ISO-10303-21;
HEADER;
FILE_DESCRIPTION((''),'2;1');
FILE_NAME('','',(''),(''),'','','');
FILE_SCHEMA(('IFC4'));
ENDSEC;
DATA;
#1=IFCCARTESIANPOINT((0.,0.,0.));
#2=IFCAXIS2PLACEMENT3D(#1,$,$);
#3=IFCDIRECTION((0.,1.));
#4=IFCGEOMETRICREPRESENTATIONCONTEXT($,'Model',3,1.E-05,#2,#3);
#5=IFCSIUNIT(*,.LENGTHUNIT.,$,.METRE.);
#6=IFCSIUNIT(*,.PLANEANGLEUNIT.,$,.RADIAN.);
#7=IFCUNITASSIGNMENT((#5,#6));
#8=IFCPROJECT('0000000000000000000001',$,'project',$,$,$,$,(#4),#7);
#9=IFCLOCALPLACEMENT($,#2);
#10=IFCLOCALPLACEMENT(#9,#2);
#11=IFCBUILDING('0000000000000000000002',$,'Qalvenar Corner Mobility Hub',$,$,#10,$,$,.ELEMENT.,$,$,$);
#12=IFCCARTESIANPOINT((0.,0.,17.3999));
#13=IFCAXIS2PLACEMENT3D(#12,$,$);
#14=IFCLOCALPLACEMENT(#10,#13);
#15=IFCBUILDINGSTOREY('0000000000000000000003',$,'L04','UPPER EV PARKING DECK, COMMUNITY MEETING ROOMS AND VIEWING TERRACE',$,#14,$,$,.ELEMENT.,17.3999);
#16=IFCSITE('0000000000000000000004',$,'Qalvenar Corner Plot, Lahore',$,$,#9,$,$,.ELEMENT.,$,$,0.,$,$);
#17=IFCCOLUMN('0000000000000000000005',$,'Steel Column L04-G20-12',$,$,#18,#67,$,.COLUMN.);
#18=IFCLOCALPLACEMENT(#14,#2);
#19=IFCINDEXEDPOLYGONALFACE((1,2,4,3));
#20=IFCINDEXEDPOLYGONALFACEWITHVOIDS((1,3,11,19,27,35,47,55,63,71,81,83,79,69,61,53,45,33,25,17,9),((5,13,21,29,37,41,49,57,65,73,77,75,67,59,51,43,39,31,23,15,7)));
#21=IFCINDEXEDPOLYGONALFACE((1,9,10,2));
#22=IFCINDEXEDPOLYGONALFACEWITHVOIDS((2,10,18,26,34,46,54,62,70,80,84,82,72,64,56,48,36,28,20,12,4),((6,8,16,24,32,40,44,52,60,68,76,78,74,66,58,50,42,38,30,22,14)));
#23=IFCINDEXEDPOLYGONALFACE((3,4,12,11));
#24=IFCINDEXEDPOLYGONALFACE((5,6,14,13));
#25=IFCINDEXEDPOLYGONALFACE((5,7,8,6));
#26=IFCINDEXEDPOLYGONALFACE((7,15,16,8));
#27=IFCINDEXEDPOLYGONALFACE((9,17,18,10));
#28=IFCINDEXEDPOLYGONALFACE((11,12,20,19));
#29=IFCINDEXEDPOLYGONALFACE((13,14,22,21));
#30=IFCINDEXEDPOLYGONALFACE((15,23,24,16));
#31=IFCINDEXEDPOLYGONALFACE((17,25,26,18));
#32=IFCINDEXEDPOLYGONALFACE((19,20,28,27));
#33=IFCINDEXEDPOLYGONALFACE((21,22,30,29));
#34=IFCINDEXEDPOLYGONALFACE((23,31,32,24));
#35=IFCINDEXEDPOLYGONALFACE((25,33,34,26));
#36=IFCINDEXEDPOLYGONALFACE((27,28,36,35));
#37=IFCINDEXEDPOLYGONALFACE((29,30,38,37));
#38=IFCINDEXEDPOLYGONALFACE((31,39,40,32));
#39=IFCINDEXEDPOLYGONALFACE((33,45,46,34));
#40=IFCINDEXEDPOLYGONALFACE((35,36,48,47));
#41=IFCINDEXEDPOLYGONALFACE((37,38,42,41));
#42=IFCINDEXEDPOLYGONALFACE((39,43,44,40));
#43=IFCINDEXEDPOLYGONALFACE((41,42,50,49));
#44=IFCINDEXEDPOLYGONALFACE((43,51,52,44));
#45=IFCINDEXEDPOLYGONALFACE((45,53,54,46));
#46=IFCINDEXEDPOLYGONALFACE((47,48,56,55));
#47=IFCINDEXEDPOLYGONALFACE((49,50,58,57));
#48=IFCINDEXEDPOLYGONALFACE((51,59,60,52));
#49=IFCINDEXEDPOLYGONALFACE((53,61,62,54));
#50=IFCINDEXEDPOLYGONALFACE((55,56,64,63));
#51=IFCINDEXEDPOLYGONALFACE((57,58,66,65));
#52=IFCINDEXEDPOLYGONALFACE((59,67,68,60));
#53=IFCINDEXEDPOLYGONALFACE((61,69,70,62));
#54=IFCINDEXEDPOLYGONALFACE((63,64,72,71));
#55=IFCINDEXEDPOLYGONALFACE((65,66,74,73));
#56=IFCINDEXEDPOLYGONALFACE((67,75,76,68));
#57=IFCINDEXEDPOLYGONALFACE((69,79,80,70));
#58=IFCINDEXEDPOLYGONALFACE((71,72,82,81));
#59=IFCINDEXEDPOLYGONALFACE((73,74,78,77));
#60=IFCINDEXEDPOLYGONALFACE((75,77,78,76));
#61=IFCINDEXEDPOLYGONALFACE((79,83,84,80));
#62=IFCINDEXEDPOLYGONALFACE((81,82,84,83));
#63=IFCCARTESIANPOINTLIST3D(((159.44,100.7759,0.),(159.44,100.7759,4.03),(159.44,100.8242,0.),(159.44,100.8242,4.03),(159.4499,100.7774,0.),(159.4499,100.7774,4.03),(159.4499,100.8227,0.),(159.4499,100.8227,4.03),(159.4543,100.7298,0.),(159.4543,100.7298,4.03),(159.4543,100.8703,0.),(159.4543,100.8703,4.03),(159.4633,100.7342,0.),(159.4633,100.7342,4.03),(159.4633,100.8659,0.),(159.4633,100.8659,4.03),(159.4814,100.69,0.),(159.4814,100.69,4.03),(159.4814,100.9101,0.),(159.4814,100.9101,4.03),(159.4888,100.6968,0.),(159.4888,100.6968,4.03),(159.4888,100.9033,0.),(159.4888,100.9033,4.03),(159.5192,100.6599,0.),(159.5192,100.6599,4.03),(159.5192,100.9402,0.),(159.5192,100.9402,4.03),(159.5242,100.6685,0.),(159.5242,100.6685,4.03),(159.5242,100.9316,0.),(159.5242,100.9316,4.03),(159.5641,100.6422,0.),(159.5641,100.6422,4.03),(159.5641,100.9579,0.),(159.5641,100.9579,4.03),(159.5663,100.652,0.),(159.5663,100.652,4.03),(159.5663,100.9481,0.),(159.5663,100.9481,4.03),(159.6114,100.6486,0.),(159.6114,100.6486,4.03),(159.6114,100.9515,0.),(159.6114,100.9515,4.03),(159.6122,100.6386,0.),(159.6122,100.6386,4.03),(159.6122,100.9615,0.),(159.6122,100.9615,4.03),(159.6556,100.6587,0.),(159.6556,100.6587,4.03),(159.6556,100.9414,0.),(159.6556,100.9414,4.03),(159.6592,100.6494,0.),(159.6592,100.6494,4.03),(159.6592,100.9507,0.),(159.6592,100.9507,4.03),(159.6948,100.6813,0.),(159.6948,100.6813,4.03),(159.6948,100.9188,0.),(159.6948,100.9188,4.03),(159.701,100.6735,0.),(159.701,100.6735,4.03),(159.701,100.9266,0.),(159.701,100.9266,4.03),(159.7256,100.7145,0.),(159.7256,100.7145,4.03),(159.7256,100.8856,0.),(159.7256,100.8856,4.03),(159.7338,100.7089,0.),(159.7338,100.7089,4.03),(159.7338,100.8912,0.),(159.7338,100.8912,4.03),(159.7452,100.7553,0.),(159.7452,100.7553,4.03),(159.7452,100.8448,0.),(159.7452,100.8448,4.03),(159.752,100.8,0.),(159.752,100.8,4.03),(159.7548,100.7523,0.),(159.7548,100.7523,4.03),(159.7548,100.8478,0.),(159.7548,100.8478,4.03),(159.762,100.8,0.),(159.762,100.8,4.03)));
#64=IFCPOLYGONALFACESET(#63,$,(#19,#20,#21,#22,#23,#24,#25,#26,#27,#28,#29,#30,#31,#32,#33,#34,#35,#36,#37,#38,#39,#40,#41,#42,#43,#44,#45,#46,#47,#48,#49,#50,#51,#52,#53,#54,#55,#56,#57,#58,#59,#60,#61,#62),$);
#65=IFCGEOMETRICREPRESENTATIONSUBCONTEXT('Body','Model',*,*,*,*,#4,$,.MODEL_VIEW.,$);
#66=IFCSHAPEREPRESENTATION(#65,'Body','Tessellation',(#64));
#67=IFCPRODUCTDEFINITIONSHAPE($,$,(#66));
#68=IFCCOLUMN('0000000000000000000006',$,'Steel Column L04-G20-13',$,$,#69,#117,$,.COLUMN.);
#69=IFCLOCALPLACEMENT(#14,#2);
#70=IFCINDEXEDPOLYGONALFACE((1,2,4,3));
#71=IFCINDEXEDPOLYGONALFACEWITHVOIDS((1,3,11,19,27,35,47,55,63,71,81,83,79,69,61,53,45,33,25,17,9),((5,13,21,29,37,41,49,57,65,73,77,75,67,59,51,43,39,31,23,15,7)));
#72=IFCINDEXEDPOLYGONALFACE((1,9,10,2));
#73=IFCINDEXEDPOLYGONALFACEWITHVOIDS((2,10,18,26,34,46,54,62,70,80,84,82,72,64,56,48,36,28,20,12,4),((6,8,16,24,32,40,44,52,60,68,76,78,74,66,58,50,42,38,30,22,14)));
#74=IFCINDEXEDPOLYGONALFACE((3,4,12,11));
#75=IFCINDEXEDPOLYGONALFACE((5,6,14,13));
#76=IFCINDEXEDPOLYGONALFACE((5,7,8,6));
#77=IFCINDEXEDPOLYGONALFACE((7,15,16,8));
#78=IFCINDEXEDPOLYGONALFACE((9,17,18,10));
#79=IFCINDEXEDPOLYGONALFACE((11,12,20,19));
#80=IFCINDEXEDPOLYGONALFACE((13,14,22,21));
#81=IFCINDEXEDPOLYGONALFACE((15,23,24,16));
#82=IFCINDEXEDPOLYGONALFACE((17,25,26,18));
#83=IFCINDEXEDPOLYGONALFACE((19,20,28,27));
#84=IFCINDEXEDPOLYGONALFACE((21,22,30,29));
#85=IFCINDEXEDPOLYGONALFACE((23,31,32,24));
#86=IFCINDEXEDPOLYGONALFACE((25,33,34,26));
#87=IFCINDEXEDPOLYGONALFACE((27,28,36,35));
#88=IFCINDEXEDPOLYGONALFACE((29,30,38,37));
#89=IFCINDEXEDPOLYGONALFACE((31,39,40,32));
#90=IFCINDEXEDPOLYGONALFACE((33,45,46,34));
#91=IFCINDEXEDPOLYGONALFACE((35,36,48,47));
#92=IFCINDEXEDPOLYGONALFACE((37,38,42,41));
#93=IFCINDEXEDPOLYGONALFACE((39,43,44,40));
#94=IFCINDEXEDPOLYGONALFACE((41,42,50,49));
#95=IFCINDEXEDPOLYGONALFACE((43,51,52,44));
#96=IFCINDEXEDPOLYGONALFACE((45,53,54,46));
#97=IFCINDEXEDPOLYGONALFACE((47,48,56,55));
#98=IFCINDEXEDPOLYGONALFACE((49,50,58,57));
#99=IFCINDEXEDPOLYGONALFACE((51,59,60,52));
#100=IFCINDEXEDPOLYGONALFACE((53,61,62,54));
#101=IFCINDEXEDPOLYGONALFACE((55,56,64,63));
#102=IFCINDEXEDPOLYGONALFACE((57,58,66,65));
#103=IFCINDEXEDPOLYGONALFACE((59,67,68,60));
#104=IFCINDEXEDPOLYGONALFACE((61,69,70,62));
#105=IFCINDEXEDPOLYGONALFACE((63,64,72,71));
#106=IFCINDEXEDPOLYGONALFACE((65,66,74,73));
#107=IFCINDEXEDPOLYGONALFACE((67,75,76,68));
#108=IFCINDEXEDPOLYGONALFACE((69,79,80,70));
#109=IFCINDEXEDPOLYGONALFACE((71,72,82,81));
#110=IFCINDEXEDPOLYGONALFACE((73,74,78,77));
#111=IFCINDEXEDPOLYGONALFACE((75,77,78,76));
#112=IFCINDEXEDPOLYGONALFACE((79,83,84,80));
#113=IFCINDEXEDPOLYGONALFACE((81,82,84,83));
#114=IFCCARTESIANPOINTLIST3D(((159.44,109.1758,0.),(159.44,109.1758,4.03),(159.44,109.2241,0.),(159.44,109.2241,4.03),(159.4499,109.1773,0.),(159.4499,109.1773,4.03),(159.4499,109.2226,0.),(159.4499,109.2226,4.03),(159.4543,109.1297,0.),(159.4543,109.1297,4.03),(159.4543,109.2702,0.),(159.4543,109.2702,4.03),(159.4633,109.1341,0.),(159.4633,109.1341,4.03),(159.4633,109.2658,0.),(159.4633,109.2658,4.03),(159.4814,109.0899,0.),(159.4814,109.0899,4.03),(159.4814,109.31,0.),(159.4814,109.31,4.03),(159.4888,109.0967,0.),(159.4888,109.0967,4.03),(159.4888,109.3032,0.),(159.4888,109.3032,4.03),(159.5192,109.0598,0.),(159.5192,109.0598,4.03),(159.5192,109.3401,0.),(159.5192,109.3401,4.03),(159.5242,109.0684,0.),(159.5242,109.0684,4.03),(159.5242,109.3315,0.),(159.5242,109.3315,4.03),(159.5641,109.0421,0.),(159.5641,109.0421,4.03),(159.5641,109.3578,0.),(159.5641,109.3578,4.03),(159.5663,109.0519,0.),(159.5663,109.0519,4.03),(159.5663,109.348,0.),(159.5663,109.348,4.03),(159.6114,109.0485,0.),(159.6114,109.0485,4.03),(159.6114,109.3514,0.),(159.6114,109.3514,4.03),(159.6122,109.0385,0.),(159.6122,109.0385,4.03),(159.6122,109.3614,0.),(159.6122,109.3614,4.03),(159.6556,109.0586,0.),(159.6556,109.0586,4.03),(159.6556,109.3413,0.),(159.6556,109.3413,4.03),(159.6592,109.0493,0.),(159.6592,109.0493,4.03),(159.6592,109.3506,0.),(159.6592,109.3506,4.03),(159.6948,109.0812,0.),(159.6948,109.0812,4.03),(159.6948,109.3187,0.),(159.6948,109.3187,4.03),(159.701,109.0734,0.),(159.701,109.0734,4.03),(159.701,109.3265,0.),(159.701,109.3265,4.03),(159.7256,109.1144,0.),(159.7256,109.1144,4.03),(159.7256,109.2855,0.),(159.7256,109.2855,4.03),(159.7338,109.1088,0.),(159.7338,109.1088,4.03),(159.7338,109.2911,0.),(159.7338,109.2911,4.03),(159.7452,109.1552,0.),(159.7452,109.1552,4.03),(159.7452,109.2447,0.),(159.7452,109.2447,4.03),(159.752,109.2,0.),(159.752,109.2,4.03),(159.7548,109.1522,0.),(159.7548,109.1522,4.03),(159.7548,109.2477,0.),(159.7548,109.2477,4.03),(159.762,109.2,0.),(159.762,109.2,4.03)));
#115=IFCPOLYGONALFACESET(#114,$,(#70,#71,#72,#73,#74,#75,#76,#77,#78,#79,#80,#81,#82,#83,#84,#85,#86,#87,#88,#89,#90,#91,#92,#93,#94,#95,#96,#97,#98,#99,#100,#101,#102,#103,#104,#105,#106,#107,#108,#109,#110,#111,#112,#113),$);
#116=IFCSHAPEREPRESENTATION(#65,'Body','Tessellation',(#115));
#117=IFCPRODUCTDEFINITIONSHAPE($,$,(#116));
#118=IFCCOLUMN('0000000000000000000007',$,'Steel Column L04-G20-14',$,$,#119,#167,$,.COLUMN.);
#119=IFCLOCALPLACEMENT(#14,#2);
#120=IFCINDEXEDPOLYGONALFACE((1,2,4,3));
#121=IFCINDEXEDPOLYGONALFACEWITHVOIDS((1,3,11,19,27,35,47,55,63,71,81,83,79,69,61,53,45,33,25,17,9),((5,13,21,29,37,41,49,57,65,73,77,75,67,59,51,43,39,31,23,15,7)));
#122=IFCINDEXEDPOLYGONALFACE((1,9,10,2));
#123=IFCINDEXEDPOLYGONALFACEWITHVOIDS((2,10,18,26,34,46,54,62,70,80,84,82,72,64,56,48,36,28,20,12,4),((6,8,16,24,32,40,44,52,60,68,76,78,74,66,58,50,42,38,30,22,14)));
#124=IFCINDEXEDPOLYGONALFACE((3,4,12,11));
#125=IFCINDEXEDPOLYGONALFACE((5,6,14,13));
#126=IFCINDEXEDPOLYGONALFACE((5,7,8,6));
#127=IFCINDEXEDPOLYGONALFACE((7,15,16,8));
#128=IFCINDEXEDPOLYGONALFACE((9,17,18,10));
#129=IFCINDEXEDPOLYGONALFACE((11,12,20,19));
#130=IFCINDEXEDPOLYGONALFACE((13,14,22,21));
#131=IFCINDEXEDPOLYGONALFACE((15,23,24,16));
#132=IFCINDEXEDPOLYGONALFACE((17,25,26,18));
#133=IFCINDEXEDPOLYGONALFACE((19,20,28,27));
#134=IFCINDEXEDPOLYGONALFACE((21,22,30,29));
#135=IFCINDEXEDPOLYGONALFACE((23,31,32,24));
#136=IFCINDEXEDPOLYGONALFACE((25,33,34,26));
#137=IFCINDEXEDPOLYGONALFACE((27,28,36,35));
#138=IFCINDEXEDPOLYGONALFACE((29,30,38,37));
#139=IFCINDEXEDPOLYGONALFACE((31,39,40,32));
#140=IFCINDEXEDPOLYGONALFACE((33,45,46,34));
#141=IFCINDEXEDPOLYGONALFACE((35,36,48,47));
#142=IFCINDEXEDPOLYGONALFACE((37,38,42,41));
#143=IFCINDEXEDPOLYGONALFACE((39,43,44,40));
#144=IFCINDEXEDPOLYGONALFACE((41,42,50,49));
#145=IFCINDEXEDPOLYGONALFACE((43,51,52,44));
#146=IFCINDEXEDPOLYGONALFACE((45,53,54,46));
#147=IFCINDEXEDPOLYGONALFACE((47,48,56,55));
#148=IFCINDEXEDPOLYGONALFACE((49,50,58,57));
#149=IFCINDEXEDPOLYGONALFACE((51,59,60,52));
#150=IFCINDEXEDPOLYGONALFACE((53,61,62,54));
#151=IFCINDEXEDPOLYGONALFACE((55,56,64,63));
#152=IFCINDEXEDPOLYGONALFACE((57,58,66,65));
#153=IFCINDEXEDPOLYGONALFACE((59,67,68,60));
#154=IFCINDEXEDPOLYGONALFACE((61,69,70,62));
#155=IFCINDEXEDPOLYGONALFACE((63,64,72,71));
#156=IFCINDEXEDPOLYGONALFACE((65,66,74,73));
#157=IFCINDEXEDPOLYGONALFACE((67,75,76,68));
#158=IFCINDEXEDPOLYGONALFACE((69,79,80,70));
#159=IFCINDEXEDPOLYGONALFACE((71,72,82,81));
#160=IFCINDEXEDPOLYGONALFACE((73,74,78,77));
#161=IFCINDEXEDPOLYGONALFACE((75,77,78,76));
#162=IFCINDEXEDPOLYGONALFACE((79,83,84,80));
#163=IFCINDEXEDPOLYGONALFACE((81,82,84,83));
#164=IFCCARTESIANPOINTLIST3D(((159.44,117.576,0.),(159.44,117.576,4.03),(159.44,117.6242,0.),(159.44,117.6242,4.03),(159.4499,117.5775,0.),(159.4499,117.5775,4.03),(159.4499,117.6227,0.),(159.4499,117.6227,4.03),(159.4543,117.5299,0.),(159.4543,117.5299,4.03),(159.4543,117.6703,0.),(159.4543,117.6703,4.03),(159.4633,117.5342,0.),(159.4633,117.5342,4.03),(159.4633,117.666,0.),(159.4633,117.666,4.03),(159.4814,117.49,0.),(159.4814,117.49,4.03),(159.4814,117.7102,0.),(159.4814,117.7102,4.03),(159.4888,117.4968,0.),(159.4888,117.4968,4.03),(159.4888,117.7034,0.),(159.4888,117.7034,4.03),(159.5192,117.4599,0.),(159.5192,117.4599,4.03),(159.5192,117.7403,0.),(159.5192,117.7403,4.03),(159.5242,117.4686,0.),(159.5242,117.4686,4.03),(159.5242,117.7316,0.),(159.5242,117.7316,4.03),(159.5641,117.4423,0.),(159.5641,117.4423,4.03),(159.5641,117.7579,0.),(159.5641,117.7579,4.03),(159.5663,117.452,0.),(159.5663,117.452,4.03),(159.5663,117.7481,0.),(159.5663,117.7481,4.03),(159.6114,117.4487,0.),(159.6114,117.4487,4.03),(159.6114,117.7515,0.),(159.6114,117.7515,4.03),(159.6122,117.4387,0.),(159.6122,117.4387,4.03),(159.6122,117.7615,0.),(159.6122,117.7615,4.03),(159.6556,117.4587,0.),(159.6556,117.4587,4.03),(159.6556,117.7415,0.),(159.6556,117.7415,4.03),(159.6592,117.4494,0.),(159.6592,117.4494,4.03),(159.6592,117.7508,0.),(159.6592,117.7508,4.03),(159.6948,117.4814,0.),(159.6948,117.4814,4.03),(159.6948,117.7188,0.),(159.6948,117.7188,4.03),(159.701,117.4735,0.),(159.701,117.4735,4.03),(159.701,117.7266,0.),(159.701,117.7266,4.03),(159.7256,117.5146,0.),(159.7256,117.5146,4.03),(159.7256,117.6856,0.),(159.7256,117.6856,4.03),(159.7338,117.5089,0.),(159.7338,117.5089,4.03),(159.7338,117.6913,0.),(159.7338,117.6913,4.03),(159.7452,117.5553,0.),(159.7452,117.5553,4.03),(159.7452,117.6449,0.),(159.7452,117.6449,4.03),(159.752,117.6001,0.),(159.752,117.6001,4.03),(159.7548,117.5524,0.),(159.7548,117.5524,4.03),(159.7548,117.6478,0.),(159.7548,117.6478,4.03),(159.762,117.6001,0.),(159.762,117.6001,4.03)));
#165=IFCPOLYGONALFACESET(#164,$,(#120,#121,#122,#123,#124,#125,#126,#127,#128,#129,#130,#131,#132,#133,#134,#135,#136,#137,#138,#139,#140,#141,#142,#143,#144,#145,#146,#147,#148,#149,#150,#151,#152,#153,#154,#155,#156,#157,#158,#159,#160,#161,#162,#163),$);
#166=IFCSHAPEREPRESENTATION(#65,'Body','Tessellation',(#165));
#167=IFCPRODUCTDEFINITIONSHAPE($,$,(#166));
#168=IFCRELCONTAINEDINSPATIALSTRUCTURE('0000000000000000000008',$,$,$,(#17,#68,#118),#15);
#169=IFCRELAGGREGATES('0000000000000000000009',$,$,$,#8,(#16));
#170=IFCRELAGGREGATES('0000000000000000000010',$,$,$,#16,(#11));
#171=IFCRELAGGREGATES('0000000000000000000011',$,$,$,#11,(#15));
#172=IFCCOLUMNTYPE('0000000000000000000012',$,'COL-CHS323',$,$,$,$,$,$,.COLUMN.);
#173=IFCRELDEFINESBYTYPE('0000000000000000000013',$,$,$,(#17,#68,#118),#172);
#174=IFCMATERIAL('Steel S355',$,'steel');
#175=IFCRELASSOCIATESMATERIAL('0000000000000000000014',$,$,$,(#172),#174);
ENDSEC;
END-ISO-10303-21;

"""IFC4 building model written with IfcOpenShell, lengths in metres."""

from ifc_helpers import new_model, si_unit, direction, frame, origin, origin_2d, place, context, subcontext, project, spatial, hollow_circle, extrude, material, material_profile, profile_set, type_object, element, save


model = new_model("IFC4")

# Units and contexts
model_context = context("Model", 3, precision=1e-05, world=origin(), true_north=direction((0.0, 1.0)))
body_context = subcontext(model_context, "Body", "Model", "MODEL_VIEW")
ifc_project = project(units=[si_unit("LENGTHUNIT", "METRE"), si_unit("PLANEANGLEUNIT", "RADIAN")], contexts=[model_context])

# Site, building, storey
site_placement = place(None, origin())
site = spatial("IfcSite", under=ifc_project, at=site_placement, Name="Qalvenar Corner Plot, Lahore", CompositionType="ELEMENT", RefElevation=0.0)
building_placement = place(site_placement, origin())
building = spatial("IfcBuilding", under=site, at=building_placement, Name="Qalvenar Corner Mobility Hub", CompositionType="ELEMENT")
storey_placement = place(building_placement, frame((0.0, 0.0, 17.3999)))
storey = spatial("IfcBuildingStorey", under=building, at=storey_placement, Name="L04", Description="UPPER EV PARKING DECK, COMMUNITY MEETING ROOMS AND VIEWING TERRACE", CompositionType="ELEMENT", Elevation=17.3999)

# Columns
ifc_material_1 = material(Name="Steel S355", Category="steel")
ifc_material_profile_1 = material_profile(ifc_material_1, hollow_circle(Radius=0.1619, WallThickness=0.01, at=origin_2d()), Name="CHS323.9x10")
ifc_profile_set_1 = profile_set([ifc_material_profile_1], Name="Steel S355")
column_type = type_object("IfcColumnType", Name="COL-CHS323", PredefinedType="COLUMN", material=ifc_profile_set_1)
for number, where, z_axis, x_axis, name in (
    (1, (159.6001, 100.8, 0.0), (0.0, 0.0, 1.0), (1.0, 0.0, 0.0), "Steel Column L04-G20-12"),
    (2, (159.6001, 109.2, 0.0), (0.0, 0.0, 1.0), (1.0, 0.0, 0.0), "Steel Column L04-G20-13"),
    (3, (159.6001, 117.6001, 0.0), (0.0, 0.0, 1.0), (1.0, 0.0, 0.0), "Steel Column L04-G20-14"),
):
    element("IfcColumn", number, at=place(storey_placement, frame(where, z_axis=z_axis, x_axis=x_axis)), inside=storey, type_object=column_type, Name=name, PredefinedType="COLUMN", context=body_context, shape_type="SweptSolid", body=[
        extrude(hollow_circle(Radius=0.1619, WallThickness=0.01, at=origin_2d()), origin(), (0.0, 0.0, 1.0), 4.03),
    ])

save(model, "model.ifc")
